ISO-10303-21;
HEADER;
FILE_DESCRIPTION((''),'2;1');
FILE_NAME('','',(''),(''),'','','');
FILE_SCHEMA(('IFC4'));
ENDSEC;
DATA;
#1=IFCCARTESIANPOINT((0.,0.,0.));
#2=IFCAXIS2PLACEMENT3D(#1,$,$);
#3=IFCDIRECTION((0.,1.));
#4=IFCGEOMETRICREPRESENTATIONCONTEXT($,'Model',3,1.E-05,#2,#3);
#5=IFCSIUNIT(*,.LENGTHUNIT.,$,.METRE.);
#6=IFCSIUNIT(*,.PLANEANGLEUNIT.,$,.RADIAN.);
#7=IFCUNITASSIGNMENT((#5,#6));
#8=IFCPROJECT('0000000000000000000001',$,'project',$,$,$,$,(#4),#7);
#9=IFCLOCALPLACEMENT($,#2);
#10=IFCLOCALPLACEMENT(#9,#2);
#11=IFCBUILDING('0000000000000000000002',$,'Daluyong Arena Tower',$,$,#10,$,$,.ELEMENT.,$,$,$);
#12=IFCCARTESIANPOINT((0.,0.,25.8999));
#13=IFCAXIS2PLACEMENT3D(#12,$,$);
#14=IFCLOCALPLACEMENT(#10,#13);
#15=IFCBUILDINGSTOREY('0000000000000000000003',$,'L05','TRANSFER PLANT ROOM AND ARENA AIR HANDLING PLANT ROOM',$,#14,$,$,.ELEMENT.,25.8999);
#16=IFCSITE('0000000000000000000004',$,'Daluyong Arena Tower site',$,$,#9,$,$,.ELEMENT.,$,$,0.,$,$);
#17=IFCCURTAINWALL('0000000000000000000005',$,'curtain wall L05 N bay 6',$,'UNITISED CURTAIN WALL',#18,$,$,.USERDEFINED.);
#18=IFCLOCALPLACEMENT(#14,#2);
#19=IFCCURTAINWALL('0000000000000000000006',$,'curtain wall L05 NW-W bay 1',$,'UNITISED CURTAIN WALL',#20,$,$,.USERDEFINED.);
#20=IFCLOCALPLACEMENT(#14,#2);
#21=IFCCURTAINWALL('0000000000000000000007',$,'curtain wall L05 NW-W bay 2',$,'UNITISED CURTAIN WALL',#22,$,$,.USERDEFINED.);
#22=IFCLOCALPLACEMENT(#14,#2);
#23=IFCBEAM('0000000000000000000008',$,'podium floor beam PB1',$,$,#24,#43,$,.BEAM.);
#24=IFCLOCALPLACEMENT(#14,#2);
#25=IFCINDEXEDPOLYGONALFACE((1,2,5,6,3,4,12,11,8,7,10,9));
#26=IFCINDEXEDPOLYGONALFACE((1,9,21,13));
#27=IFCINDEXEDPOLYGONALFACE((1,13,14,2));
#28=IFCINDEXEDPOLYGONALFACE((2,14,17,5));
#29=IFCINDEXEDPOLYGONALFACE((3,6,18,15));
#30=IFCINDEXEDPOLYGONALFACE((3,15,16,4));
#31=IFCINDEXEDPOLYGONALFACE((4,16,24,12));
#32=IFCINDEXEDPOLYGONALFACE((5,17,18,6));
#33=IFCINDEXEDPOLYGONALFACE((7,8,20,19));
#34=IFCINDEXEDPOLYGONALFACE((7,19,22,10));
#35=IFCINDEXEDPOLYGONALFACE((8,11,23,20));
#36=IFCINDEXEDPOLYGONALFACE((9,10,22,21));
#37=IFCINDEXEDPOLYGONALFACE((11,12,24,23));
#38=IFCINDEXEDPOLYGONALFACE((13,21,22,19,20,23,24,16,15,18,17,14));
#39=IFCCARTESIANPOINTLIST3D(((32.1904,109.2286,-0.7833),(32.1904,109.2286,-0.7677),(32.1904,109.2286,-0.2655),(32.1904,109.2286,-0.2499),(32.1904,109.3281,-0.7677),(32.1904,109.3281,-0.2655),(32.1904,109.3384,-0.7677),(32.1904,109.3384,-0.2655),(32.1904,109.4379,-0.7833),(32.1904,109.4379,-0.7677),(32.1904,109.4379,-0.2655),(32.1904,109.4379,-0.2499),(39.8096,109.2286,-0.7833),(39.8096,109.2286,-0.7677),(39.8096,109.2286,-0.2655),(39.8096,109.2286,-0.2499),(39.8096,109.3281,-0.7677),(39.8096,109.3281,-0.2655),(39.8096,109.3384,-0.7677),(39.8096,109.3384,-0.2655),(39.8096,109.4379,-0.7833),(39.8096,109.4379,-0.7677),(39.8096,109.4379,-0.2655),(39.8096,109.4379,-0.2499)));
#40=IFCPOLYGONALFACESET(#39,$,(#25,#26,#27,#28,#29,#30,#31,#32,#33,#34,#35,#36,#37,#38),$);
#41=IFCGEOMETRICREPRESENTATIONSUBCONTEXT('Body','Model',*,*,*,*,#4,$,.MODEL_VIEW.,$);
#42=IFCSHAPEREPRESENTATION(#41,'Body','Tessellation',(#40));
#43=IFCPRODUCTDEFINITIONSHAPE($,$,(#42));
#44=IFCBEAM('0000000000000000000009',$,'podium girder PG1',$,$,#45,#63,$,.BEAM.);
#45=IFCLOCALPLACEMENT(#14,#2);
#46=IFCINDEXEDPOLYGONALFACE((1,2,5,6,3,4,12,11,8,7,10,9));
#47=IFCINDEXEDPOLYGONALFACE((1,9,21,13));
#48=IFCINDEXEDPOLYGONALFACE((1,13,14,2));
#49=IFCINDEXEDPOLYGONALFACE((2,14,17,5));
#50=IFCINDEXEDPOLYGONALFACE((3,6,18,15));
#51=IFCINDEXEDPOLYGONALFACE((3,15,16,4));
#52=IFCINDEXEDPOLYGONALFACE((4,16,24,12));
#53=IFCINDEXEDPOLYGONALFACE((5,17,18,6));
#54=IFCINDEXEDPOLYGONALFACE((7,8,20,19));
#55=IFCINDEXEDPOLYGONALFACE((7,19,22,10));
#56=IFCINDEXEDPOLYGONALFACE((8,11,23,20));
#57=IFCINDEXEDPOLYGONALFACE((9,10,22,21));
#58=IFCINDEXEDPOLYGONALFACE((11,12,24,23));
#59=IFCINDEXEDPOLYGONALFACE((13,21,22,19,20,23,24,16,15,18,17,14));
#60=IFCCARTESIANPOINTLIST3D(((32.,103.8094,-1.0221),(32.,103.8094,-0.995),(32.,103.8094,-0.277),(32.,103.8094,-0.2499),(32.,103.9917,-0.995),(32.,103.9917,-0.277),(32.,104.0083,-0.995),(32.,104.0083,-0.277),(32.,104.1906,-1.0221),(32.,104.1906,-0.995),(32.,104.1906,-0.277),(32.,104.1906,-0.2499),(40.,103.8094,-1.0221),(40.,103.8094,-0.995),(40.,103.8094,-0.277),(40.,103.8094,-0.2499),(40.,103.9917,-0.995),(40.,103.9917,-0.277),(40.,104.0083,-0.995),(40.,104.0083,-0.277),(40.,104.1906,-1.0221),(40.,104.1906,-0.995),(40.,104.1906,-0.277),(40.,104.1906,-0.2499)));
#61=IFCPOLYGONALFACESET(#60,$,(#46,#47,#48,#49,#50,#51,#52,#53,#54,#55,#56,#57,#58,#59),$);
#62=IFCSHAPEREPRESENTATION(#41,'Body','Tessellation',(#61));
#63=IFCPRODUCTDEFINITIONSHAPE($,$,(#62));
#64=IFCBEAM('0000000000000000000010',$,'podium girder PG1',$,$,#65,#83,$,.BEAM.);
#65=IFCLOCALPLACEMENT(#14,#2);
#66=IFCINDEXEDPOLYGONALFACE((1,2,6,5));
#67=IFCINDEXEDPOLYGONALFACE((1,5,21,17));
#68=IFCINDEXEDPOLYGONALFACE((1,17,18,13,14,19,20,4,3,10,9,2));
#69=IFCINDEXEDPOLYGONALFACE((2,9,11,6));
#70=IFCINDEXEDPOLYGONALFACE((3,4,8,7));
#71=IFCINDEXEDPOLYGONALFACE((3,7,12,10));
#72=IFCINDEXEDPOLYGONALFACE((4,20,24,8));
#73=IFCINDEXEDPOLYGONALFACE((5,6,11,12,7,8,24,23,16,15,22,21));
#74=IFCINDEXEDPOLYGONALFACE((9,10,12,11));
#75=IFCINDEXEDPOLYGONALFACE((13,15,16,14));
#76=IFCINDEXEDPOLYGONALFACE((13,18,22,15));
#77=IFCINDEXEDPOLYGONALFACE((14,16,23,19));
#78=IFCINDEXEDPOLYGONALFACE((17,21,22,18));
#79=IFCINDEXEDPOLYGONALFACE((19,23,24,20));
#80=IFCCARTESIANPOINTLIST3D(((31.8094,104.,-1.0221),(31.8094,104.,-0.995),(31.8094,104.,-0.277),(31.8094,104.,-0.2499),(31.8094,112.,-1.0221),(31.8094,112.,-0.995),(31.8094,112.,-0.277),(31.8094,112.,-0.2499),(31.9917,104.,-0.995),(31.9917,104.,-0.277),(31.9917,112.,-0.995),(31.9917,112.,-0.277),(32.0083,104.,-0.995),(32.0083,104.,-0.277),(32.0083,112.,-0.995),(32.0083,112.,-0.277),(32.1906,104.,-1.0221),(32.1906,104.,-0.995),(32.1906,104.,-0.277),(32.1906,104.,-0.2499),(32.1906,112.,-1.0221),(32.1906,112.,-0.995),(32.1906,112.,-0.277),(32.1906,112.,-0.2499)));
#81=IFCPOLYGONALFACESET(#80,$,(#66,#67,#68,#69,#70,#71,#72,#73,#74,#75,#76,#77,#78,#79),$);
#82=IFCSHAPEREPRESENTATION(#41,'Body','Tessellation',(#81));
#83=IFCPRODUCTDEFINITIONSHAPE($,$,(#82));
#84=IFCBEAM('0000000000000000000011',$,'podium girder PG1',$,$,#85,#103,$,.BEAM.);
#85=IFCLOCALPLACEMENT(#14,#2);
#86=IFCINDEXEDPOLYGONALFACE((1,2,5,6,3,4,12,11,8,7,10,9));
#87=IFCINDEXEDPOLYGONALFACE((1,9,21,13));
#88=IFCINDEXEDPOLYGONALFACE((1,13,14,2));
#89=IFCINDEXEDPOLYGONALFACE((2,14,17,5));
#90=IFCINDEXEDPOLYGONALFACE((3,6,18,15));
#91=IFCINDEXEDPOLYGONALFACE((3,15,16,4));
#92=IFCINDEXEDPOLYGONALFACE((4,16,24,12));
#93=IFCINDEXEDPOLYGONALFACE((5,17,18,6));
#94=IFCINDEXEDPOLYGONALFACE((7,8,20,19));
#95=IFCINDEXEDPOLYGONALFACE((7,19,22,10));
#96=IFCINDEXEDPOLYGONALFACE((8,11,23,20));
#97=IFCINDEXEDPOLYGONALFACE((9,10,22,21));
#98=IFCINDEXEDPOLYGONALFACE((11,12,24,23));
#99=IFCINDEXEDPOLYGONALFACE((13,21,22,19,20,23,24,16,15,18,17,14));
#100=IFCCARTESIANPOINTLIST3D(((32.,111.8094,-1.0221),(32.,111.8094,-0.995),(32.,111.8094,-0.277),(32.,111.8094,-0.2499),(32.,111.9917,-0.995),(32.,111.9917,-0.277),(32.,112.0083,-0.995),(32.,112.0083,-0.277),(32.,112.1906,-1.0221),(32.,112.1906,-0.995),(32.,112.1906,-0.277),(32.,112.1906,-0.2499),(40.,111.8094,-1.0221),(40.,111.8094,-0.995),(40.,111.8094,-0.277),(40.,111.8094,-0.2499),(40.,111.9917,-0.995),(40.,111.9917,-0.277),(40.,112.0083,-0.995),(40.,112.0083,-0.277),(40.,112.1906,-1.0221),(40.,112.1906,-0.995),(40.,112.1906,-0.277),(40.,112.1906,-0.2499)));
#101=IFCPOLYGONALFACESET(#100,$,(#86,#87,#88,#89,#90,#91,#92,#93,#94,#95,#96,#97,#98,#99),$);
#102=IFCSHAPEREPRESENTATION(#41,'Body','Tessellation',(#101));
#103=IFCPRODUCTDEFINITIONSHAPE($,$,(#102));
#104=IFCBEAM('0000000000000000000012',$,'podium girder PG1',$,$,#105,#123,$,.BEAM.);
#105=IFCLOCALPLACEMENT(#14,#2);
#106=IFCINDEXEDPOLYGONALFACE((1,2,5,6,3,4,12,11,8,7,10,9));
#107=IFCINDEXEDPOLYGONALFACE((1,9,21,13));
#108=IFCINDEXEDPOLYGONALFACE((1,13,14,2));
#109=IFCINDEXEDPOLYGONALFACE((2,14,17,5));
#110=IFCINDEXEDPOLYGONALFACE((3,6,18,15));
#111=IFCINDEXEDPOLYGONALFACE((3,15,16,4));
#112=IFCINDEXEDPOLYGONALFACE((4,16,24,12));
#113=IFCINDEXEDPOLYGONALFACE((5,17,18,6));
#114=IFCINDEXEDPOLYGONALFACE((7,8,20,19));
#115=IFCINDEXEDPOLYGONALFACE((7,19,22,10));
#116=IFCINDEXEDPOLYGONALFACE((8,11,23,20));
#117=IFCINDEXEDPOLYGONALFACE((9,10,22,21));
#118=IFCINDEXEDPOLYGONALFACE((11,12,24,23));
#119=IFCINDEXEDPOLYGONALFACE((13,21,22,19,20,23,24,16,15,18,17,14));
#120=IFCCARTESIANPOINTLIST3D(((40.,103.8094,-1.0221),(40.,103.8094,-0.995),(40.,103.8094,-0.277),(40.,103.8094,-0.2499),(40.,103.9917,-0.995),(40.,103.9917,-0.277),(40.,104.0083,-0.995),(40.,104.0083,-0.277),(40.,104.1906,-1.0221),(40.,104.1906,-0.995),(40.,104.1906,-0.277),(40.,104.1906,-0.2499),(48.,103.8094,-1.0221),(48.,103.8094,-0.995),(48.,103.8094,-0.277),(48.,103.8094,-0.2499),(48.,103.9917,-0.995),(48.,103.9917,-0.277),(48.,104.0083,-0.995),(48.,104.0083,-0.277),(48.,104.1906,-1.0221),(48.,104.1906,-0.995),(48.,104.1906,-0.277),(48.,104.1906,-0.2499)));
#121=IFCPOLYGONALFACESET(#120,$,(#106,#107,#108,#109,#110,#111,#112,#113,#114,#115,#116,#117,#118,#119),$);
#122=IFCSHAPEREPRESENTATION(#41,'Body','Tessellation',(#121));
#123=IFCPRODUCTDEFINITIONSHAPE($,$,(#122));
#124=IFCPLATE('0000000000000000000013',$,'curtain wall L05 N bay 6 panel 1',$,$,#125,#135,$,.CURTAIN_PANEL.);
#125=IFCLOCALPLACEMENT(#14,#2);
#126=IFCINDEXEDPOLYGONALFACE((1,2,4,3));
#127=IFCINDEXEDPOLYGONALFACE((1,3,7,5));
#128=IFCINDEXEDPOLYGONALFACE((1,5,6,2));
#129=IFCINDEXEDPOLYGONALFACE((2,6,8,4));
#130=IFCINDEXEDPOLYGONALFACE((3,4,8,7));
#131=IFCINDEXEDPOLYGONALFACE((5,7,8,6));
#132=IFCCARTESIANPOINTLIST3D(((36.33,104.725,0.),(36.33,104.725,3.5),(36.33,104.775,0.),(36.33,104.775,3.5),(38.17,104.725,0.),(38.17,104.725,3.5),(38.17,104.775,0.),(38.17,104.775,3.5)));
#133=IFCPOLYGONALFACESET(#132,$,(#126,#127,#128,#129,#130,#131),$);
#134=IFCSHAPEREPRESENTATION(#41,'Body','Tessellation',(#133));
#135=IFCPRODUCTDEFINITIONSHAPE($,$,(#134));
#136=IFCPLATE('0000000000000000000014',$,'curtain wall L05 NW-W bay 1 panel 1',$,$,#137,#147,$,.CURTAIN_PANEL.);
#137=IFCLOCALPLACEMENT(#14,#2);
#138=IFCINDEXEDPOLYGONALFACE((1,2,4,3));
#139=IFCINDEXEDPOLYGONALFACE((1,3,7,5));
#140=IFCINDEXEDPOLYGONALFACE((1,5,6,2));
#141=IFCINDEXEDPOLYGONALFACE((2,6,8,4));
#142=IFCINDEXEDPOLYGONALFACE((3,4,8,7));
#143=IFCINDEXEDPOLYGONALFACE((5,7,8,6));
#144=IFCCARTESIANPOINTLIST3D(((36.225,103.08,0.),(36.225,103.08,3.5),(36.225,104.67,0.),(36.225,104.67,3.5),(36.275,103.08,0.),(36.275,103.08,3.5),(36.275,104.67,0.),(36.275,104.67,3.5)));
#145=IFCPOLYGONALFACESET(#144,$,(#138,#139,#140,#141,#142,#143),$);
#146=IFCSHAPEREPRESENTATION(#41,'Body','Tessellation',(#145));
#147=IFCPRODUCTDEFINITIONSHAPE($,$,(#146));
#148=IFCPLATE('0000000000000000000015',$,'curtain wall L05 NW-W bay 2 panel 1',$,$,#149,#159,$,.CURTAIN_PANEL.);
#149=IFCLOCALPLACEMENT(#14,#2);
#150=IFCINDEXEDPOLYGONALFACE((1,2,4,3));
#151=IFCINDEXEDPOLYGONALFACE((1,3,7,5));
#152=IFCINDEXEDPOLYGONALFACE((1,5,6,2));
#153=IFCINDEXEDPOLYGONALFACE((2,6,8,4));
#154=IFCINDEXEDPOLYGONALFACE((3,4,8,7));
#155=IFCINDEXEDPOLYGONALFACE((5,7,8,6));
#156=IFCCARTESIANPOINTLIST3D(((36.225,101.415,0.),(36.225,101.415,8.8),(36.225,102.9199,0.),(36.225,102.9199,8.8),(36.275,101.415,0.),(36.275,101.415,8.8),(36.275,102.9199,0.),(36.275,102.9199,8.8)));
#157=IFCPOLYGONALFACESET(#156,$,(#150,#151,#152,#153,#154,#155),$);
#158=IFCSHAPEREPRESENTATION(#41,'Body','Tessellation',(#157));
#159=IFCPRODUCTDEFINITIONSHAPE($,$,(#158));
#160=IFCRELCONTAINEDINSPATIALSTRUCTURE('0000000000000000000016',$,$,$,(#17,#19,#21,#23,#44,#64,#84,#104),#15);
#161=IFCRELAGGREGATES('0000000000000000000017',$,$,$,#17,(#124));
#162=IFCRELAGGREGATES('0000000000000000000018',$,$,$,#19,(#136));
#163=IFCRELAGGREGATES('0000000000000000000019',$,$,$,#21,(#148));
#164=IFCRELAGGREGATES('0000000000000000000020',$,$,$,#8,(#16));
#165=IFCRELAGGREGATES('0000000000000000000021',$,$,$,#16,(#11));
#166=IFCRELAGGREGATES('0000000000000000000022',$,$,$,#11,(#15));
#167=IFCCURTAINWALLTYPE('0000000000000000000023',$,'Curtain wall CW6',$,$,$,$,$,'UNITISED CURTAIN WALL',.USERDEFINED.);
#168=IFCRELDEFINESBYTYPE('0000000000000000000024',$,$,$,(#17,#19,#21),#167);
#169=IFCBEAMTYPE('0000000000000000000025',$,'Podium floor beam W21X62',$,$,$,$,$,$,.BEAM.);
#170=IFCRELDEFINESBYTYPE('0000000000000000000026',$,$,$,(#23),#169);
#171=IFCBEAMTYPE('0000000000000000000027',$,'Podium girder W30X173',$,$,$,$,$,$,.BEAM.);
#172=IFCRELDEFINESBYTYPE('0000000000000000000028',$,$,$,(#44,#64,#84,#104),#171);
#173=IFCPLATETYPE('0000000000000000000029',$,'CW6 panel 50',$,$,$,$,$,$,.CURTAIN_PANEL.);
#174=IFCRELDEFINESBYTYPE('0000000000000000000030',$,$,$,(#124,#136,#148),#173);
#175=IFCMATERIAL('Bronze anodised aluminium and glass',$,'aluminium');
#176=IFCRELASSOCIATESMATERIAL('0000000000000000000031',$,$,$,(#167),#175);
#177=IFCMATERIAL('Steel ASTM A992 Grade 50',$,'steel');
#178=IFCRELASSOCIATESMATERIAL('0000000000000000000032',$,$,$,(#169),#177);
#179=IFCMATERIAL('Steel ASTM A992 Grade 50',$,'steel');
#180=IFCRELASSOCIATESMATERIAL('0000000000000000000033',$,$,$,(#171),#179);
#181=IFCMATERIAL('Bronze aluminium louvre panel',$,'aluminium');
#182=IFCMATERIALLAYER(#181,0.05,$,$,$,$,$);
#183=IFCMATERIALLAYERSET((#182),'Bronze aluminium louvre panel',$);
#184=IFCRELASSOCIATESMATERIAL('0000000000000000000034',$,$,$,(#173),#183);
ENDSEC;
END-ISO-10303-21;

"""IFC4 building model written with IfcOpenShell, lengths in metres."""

from ifc_helpers import new_model, si_unit, direction, frame, origin, origin_2d, place, context, subcontext, project, spatial, rectangle, i_section, extrude, material, layer, layer_set, material_profile, profile_set, type_object, element, aggregate, save


model = new_model("IFC4")

# Units and contexts
model_context = context("Model", 3, precision=1e-05, world=origin(), true_north=direction((0.0, 1.0)))
body_context = subcontext(model_context, "Body", "Model", "MODEL_VIEW")
ifc_project = project(units=[si_unit("LENGTHUNIT", "METRE"), si_unit("PLANEANGLEUNIT", "RADIAN")], contexts=[model_context])

# Site, building, storey
site_placement = place(None, origin())
site = spatial("IfcSite", under=ifc_project, at=site_placement, Name="Daluyong Arena Tower site", CompositionType="ELEMENT", RefElevation=0.0)
building_placement = place(site_placement, origin())
building = spatial("IfcBuilding", under=site, at=building_placement, Name="Daluyong Arena Tower", CompositionType="ELEMENT")
storey_placement = place(building_placement, frame((0.0, 0.0, 25.8999)))
storey = spatial("IfcBuildingStorey", under=building, at=storey_placement, Name="L05", Description="TRANSFER PLANT ROOM AND ARENA AIR HANDLING PLANT ROOM", CompositionType="ELEMENT", Elevation=25.8999)

# Curtain walls
ifc_material_1 = material(Name="Bronze anodised aluminium and glass", Category="aluminium")
curtain_wall_type = type_object("IfcCurtainWallType", Name="Curtain wall CW6", ElementType="UNITISED CURTAIN WALL", PredefinedType="USERDEFINED", material=ifc_material_1)
curtain_wall_1_placement = place(storey_placement, origin())
curtain_wall_1 = element("IfcCurtainWall", 1, at=curtain_wall_1_placement, inside=storey, type_object=curtain_wall_type, Name="curtain wall L05 N bay 6", ObjectType="UNITISED CURTAIN WALL", PredefinedType="USERDEFINED")
curtain_wall_2_placement = place(storey_placement, origin())
curtain_wall_2 = element("IfcCurtainWall", 2, at=curtain_wall_2_placement, inside=storey, type_object=curtain_wall_type, Name="curtain wall L05 NW-W bay 1", ObjectType="UNITISED CURTAIN WALL", PredefinedType="USERDEFINED")
curtain_wall_3_placement = place(storey_placement, origin())
curtain_wall_3 = element("IfcCurtainWall", 3, at=curtain_wall_3_placement, inside=storey, type_object=curtain_wall_type, Name="curtain wall L05 NW-W bay 2", ObjectType="UNITISED CURTAIN WALL", PredefinedType="USERDEFINED")

# Beams
ifc_material_2 = material(Name="Steel ASTM A992 Grade 50", Category="steel")
ifc_material_profile_1 = material_profile(ifc_material_2, i_section(OverallWidth=0.2092, OverallDepth=0.5334, WebThickness=0.0103, FlangeThickness=0.0156, at=origin_2d()))
ifc_profile_set_1 = profile_set([ifc_material_profile_1], Name="Steel ASTM A992 Grade 50")
beam_type_1 = type_object("IfcBeamType", Name="Podium floor beam W21X62", PredefinedType="BEAM", material=ifc_profile_set_1)
for number, where, z_axis, x_axis, name in (
    (4, (32.1904, 109.3333, -0.5166), (1.0, 0.0, 0.0), (0.0, 1.0, 0.0), "podium floor beam PB1"),
):
    element("IfcBeam", number, at=place(storey_placement, frame(where, z_axis=z_axis, x_axis=x_axis)), inside=storey, type_object=beam_type_1, Name=name, PredefinedType="BEAM", context=body_context, shape_type="SweptSolid", body=[
        extrude(i_section(OverallWidth=0.2092, OverallDepth=0.5334, WebThickness=0.0103, FlangeThickness=0.0156, at=origin_2d()), origin(), (0.0, 0.0, 1.0), 7.6191),
    ])
ifc_material_3 = material(Name="Steel ASTM A992 Grade 50", Category="steel")
ifc_material_profile_2 = material_profile(ifc_material_3, i_section(OverallWidth=0.3811, OverallDepth=0.7722, WebThickness=0.0166, FlangeThickness=0.0271, at=origin_2d()))
ifc_profile_set_2 = profile_set([ifc_material_profile_2], Name="Steel ASTM A992 Grade 50")
beam_type_2 = type_object("IfcBeamType", Name="Podium girder W30X173", PredefinedType="BEAM", material=ifc_profile_set_2)
for number, where, z_axis, x_axis, name in (
    (5, (32.0, 104.0, -0.636), (1.0, 0.0, 0.0), (0.0, 1.0, 0.0), "podium girder PG1"),
    (6, (32.0, 104.0, -0.636), (0.0, 1.0, 0.0), (-1.0, 0.0, 0.0), "podium girder PG1"),
    (7, (32.0, 112.0, -0.636), (1.0, 0.0, 0.0), (0.0, 1.0, 0.0), "podium girder PG1"),
    (8, (40.0, 104.0, -0.636), (1.0, 0.0, 0.0), (0.0, 1.0, 0.0), "podium girder PG1"),
):
    element("IfcBeam", number, at=place(storey_placement, frame(where, z_axis=z_axis, x_axis=x_axis)), inside=storey, type_object=beam_type_2, Name=name, PredefinedType="BEAM", context=body_context, shape_type="SweptSolid", body=[
        extrude(i_section(OverallWidth=0.3811, OverallDepth=0.7722, WebThickness=0.0166, FlangeThickness=0.0271, at=origin_2d()), origin(), (0.0, 0.0, 1.0), 8.0),
    ])

# Plates
ifc_material_4 = material(Name="Bronze aluminium louvre panel", Category="aluminium")
ifc_layer = layer(ifc_material_4, 0.05)
ifc_layer_set = layer_set([ifc_layer], Name="Bronze aluminium louvre panel")
plate_type = type_object("IfcPlateType", Name="CW6 panel 50", PredefinedType="CURTAIN_PANEL", material=ifc_layer_set)
plate_1_placement = place(storey_placement, frame((37.25, 104.75, 0.0), z_axis=(0.0, 0.0, 1.0), x_axis=(-1.0, 0.0, 0.0)))
plate_1 = element("IfcPlate", 9, at=plate_1_placement, type_object=plate_type, Name="curtain wall L05 N bay 6 panel 1", PredefinedType="CURTAIN_PANEL", context=body_context, shape_type="SweptSolid", body=[
    extrude(rectangle(XDim=1.8401, YDim=0.05, at=origin_2d()), origin(), (0.0, 0.0, 1.0), 3.5),
])
aggregate(curtain_wall_1, [plate_1])
plate_2_placement = place(storey_placement, frame((36.25, 103.875, 0.0), z_axis=(0.0, 0.0, 1.0), x_axis=(0.0, -1.0, 0.0)))
plate_2 = element("IfcPlate", 10, at=plate_2_placement, type_object=plate_type, Name="curtain wall L05 NW-W bay 1 panel 1", PredefinedType="CURTAIN_PANEL", context=body_context, shape_type="SweptSolid", body=[
    extrude(rectangle(XDim=1.5901, YDim=0.05, at=origin_2d()), origin(), (0.0, 0.0, 1.0), 3.5),
])
aggregate(curtain_wall_2, [plate_2])
plate_3_placement = place(storey_placement, frame((36.25, 102.1675, 0.0), z_axis=(0.0, 0.0, 1.0), x_axis=(0.0, -1.0, 0.0)))
plate_3 = element("IfcPlate", 11, at=plate_3_placement, type_object=plate_type, Name="curtain wall L05 NW-W bay 2 panel 1", PredefinedType="CURTAIN_PANEL", context=body_context, shape_type="SweptSolid", body=[
    extrude(rectangle(XDim=1.5049, YDim=0.05, at=origin_2d()), origin(), (0.0, 0.0, 1.0), 8.8),
])
aggregate(curtain_wall_3, [plate_3])

save(model, "model.ifc")
